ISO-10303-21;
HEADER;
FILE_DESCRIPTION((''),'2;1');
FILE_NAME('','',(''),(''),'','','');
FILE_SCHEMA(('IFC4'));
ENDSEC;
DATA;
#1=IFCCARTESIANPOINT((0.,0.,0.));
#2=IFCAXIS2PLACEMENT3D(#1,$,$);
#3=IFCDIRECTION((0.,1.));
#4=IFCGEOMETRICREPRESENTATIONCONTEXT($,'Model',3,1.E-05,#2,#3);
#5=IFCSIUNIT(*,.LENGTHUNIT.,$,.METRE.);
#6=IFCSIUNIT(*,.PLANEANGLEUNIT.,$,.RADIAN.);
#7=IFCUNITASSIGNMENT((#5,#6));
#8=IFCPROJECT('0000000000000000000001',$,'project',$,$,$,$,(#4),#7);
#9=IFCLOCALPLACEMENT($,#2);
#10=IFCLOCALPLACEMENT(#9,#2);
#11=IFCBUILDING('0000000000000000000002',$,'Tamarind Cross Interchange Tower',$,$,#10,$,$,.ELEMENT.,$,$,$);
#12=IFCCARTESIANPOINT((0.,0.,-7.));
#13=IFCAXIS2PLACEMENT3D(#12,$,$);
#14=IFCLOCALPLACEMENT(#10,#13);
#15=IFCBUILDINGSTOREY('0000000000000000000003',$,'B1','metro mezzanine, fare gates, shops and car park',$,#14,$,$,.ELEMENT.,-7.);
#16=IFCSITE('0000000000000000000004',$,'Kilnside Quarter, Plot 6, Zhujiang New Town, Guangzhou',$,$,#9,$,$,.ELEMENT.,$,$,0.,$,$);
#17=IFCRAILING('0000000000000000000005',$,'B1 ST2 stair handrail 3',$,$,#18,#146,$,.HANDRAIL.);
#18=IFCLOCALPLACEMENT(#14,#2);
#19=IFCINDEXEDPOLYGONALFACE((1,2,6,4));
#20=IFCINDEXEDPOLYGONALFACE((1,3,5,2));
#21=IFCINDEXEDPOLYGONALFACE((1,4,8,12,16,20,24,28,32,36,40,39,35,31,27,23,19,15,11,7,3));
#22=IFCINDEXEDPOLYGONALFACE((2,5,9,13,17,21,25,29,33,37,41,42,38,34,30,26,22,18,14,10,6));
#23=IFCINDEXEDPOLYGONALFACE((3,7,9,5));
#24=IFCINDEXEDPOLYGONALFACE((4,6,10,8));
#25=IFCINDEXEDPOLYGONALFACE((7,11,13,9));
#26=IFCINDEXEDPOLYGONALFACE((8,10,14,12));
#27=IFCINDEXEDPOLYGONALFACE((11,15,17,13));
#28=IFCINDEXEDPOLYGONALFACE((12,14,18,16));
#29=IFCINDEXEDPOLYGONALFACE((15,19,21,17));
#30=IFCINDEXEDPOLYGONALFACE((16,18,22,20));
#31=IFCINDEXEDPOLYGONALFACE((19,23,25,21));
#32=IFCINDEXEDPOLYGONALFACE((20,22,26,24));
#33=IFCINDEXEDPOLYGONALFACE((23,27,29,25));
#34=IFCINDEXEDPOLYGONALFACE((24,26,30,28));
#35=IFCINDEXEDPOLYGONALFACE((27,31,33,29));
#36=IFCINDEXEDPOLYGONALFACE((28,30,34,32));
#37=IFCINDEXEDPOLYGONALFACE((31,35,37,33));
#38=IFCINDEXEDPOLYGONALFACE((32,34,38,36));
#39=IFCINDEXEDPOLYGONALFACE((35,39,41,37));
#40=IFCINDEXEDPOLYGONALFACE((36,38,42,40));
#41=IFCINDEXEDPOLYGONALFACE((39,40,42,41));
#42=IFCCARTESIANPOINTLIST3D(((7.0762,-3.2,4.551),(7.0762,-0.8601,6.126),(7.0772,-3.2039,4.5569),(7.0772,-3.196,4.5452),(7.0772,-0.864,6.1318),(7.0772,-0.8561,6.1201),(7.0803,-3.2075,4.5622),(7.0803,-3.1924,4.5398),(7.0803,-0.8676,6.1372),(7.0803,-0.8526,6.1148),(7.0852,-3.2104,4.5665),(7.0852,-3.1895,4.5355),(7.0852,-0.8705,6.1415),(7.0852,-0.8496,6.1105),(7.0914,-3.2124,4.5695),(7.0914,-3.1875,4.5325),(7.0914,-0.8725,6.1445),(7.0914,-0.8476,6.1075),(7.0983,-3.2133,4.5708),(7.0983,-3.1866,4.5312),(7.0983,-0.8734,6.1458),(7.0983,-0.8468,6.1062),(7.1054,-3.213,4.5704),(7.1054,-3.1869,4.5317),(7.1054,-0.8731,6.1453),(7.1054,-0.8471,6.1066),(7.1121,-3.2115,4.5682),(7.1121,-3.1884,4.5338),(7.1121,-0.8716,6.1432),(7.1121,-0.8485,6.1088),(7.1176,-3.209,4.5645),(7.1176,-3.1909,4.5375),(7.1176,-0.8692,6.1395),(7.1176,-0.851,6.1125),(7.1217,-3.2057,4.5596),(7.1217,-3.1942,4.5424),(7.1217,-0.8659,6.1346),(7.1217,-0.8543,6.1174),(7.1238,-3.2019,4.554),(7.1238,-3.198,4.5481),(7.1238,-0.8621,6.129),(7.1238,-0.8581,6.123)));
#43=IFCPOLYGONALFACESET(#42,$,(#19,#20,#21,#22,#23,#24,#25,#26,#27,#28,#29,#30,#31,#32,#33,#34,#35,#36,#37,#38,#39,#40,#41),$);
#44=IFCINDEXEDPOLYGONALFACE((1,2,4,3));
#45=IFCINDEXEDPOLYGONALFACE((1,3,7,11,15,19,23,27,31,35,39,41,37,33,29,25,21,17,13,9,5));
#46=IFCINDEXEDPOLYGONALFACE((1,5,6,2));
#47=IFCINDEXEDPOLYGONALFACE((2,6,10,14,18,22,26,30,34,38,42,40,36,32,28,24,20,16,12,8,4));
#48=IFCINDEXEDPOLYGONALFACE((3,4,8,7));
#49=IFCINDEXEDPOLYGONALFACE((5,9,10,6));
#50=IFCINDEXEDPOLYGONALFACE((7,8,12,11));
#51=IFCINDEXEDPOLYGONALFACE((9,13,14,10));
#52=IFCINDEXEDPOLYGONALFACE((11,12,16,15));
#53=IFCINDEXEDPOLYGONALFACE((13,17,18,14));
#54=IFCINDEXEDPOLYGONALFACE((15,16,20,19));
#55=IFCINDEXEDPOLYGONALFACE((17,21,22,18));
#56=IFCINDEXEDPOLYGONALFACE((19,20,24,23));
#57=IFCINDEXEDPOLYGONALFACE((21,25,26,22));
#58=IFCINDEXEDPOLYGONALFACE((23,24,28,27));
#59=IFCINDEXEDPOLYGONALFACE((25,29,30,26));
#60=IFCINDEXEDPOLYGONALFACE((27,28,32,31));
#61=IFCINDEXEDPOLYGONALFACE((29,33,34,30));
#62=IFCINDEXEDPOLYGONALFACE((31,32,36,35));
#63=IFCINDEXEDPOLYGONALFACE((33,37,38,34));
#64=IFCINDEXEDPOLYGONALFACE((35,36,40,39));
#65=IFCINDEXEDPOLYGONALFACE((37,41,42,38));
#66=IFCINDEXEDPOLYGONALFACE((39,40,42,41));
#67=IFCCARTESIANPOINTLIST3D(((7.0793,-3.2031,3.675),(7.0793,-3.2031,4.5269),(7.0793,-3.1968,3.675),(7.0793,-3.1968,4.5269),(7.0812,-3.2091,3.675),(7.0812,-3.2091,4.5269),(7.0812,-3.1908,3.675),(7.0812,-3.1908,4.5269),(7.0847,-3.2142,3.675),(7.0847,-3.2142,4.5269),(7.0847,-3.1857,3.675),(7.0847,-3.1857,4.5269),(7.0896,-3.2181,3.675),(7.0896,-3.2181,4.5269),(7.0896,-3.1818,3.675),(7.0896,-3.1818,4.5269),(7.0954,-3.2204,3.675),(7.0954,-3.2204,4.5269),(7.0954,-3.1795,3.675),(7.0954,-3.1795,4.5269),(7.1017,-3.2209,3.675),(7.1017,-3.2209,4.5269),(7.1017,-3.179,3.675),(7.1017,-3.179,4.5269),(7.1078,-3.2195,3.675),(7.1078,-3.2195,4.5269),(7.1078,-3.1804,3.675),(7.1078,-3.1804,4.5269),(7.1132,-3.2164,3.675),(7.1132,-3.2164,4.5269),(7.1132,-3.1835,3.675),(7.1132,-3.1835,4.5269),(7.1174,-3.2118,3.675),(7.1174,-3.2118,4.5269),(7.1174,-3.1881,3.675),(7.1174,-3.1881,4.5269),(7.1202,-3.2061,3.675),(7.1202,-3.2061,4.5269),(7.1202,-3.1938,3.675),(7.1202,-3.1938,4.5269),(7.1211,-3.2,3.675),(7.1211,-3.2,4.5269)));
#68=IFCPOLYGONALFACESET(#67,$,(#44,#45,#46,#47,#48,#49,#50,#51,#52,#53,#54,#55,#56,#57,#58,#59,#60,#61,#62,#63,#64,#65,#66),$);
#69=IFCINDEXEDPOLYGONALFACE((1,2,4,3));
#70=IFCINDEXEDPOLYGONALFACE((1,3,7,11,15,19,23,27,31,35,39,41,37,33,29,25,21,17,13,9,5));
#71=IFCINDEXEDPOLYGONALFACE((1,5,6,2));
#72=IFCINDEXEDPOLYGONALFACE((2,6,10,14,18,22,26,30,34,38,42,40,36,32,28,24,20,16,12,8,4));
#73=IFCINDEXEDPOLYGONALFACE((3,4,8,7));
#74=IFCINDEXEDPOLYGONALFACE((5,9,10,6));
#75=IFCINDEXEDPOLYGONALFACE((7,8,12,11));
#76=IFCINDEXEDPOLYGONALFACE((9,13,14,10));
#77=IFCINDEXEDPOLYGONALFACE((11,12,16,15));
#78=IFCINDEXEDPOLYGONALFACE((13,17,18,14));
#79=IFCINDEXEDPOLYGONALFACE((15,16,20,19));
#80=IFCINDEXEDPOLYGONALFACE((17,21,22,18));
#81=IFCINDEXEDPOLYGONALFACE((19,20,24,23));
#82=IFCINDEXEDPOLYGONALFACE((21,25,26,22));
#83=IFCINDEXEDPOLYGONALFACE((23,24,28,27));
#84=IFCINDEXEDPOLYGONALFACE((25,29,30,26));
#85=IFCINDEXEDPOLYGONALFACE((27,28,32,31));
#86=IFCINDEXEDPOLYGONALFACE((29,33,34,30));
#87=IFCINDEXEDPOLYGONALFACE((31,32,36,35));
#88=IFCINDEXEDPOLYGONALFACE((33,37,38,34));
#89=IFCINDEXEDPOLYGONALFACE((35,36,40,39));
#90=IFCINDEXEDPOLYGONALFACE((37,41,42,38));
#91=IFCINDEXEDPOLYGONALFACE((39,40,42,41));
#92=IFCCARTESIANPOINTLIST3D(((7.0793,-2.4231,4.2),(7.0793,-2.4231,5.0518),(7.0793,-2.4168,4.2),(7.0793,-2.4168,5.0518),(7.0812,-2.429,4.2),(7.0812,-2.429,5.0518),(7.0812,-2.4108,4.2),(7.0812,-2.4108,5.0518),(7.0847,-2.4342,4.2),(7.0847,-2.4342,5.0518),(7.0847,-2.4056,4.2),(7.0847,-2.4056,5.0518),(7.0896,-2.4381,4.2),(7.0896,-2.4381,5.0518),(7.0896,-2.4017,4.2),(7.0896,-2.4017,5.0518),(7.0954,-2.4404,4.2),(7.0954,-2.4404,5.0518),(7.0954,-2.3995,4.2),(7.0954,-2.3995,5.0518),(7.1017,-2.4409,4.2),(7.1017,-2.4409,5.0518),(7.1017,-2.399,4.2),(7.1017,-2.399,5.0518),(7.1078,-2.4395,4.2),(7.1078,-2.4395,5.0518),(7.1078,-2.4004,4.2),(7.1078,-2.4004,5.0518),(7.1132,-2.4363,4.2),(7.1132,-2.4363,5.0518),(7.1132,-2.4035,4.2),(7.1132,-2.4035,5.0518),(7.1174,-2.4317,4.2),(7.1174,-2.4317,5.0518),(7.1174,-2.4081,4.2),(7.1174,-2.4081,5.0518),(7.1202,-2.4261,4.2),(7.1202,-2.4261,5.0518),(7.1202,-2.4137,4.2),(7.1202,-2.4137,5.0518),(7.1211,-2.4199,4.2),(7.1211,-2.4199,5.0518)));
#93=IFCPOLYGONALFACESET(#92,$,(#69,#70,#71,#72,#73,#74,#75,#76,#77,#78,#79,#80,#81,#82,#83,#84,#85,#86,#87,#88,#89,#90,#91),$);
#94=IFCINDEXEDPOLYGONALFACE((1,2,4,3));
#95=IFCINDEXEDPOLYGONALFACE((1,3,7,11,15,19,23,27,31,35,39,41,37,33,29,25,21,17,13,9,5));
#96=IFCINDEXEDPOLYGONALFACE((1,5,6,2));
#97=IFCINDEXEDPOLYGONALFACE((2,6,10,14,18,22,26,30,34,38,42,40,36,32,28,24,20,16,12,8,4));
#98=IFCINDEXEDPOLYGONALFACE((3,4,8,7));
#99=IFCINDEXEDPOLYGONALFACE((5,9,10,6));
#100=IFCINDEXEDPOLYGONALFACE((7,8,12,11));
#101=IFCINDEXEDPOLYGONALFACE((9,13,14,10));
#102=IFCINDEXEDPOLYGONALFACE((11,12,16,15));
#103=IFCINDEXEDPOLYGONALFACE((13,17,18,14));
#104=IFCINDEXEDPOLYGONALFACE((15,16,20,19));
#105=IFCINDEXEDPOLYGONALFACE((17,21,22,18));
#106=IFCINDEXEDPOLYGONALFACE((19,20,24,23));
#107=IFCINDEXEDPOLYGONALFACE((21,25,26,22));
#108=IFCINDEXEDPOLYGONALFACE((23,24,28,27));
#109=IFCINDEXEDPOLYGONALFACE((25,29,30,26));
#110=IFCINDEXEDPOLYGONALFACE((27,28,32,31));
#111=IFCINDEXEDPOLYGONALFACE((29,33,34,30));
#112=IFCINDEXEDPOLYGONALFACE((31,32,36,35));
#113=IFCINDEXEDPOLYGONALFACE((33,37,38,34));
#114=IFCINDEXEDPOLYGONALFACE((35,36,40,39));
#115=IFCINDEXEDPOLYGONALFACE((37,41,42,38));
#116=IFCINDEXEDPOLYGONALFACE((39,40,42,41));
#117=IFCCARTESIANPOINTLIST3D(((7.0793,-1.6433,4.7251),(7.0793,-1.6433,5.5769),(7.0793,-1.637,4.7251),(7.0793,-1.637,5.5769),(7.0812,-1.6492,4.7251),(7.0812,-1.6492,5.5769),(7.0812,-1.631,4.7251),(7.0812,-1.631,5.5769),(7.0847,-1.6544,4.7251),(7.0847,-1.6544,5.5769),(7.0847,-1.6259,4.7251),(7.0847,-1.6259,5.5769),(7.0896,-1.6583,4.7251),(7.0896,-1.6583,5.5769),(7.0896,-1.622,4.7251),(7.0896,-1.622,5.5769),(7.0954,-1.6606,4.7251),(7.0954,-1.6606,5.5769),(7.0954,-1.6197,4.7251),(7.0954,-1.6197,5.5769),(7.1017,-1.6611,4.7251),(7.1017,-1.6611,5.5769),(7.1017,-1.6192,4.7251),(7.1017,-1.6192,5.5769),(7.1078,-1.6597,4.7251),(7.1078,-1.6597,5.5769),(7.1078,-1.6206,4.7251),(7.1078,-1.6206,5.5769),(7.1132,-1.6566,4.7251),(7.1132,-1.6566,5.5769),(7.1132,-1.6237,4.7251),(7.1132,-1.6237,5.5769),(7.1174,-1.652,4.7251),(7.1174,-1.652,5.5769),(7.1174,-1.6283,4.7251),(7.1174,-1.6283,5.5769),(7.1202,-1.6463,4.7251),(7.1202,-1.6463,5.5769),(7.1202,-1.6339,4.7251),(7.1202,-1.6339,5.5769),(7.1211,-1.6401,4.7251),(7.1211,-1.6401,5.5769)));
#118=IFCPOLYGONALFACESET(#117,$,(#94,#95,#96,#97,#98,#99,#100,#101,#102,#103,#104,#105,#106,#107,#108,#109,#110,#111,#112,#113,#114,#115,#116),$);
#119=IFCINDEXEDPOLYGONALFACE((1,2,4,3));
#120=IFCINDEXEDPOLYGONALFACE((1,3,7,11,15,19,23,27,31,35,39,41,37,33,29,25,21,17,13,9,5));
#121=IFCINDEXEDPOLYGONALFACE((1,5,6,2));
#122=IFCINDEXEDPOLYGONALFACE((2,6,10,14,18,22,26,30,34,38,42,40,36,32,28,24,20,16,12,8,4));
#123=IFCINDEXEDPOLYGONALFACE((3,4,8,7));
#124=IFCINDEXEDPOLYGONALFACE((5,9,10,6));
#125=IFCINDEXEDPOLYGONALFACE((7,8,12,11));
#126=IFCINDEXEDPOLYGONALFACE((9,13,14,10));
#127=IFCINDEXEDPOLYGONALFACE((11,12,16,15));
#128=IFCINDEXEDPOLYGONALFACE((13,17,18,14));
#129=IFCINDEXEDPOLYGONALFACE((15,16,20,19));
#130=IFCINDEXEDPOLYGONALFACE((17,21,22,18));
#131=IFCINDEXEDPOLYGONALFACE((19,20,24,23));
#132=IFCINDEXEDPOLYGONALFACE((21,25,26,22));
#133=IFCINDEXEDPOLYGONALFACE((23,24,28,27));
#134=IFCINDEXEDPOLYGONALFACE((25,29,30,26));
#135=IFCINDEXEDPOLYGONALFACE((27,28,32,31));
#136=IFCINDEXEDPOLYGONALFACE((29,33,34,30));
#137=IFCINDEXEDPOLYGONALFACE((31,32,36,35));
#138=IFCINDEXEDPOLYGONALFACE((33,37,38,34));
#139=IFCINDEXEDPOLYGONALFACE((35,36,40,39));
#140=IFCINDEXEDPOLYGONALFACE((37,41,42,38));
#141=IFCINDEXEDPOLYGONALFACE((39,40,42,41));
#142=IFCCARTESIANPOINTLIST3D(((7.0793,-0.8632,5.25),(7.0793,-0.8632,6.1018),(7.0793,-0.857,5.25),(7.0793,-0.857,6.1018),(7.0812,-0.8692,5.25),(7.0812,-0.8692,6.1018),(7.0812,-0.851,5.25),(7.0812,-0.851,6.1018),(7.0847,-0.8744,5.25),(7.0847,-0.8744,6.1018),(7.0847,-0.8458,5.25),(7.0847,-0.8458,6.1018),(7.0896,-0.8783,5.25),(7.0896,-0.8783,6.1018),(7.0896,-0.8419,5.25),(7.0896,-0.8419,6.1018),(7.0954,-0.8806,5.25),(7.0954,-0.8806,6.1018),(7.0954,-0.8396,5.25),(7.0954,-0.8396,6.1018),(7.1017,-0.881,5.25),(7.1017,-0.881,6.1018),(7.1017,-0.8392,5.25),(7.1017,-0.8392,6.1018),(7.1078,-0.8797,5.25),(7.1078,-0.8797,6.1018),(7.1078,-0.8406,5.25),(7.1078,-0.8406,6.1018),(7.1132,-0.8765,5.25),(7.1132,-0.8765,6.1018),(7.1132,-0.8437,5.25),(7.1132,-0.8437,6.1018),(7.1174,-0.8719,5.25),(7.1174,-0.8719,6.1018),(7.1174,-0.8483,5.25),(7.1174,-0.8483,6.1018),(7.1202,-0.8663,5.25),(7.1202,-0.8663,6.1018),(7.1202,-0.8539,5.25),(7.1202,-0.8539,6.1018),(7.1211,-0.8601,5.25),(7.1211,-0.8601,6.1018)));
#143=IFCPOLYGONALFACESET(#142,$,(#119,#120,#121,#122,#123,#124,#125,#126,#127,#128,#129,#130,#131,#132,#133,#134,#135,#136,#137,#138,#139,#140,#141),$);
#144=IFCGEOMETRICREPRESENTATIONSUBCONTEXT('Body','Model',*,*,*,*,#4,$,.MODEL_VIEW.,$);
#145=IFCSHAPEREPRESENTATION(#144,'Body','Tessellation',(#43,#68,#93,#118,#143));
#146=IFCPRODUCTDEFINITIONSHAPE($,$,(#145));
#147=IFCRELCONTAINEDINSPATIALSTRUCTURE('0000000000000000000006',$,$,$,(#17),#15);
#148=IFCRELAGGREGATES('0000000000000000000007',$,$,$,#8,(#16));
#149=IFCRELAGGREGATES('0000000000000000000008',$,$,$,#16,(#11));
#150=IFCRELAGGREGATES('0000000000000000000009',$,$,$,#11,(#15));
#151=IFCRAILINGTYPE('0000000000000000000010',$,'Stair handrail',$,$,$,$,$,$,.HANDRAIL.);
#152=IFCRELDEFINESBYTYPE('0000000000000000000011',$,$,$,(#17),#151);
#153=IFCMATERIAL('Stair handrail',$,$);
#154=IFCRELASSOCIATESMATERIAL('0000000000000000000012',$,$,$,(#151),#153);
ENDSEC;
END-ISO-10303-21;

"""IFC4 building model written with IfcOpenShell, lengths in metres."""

from ifc_helpers import new_model, si_unit, direction, frame, origin, origin_2d, place, context, subcontext, project, spatial, circle, extrude, material, type_object, element, save


model = new_model("IFC4")

# Units and contexts
model_context = context("Model", 3, precision=1e-05, world=origin(), true_north=direction((0.0, 1.0)))
body_context = subcontext(model_context, "Body", "Model", "MODEL_VIEW")
ifc_project = project(units=[si_unit("LENGTHUNIT", "METRE"), si_unit("PLANEANGLEUNIT", "RADIAN")], contexts=[model_context])

# Site, building, storey
site_placement = place(None, origin())
site = spatial("IfcSite", under=ifc_project, at=site_placement, Name="Kilnside Quarter, Plot 6, Zhujiang New Town, Guangzhou", CompositionType="ELEMENT", RefElevation=0.0)
building_placement = place(site_placement, origin())
building = spatial("IfcBuilding", under=site, at=building_placement, Name="Tamarind Cross Interchange Tower", CompositionType="ELEMENT")
storey_placement = place(building_placement, frame((0.0, 0.0, -7.0)))
storey = spatial("IfcBuildingStorey", under=building, at=storey_placement, Name="B1", Description="metro mezzanine, fare gates, shops and car park", CompositionType="ELEMENT", Elevation=-7.0)

# Railing
ifc_material_1 = material(Name="Stair handrail")
railing_type_1 = type_object("IfcRailingType", Name="Stair handrail", PredefinedType="HANDRAIL", material=ifc_material_1)
railing_1_placement = place(storey_placement, frame((7.1001, -3.2, 3.675)))
element("IfcRailing", 1, at=railing_1_placement, inside=storey, type_object=railing_type_1, Name="B1 ST2 stair handrail 3", PredefinedType="HANDRAIL", context=body_context, shape_type="SweptSolid", body=[
    extrude(circle(Radius=0.0239, at=origin_2d()), frame((0.0, 0.0, 0.876), z_axis=(0.0, 0.829578, 0.55839), x_axis=(-1.0, 0.0, 0.0)), (0.0, 0.0, 1.0), 2.8206),
    extrude(circle(Radius=0.021, at=origin_2d()), origin(), (0.0, 0.0, 1.0), 0.8518),
    extrude(circle(Radius=0.021, at=origin_2d()), frame((0.0, 0.78, 0.5249)), (0.0, 0.0, 1.0), 0.8518),
    extrude(circle(Radius=0.021, at=origin_2d()), frame((0.0, 1.5598, 1.05)), (0.0, 0.0, 1.0), 0.8518),
    extrude(circle(Radius=0.021, at=origin_2d()), frame((0.0, 2.3398, 1.575)), (0.0, 0.0, 1.0), 0.8518),
])

save(model, "model.ifc")
